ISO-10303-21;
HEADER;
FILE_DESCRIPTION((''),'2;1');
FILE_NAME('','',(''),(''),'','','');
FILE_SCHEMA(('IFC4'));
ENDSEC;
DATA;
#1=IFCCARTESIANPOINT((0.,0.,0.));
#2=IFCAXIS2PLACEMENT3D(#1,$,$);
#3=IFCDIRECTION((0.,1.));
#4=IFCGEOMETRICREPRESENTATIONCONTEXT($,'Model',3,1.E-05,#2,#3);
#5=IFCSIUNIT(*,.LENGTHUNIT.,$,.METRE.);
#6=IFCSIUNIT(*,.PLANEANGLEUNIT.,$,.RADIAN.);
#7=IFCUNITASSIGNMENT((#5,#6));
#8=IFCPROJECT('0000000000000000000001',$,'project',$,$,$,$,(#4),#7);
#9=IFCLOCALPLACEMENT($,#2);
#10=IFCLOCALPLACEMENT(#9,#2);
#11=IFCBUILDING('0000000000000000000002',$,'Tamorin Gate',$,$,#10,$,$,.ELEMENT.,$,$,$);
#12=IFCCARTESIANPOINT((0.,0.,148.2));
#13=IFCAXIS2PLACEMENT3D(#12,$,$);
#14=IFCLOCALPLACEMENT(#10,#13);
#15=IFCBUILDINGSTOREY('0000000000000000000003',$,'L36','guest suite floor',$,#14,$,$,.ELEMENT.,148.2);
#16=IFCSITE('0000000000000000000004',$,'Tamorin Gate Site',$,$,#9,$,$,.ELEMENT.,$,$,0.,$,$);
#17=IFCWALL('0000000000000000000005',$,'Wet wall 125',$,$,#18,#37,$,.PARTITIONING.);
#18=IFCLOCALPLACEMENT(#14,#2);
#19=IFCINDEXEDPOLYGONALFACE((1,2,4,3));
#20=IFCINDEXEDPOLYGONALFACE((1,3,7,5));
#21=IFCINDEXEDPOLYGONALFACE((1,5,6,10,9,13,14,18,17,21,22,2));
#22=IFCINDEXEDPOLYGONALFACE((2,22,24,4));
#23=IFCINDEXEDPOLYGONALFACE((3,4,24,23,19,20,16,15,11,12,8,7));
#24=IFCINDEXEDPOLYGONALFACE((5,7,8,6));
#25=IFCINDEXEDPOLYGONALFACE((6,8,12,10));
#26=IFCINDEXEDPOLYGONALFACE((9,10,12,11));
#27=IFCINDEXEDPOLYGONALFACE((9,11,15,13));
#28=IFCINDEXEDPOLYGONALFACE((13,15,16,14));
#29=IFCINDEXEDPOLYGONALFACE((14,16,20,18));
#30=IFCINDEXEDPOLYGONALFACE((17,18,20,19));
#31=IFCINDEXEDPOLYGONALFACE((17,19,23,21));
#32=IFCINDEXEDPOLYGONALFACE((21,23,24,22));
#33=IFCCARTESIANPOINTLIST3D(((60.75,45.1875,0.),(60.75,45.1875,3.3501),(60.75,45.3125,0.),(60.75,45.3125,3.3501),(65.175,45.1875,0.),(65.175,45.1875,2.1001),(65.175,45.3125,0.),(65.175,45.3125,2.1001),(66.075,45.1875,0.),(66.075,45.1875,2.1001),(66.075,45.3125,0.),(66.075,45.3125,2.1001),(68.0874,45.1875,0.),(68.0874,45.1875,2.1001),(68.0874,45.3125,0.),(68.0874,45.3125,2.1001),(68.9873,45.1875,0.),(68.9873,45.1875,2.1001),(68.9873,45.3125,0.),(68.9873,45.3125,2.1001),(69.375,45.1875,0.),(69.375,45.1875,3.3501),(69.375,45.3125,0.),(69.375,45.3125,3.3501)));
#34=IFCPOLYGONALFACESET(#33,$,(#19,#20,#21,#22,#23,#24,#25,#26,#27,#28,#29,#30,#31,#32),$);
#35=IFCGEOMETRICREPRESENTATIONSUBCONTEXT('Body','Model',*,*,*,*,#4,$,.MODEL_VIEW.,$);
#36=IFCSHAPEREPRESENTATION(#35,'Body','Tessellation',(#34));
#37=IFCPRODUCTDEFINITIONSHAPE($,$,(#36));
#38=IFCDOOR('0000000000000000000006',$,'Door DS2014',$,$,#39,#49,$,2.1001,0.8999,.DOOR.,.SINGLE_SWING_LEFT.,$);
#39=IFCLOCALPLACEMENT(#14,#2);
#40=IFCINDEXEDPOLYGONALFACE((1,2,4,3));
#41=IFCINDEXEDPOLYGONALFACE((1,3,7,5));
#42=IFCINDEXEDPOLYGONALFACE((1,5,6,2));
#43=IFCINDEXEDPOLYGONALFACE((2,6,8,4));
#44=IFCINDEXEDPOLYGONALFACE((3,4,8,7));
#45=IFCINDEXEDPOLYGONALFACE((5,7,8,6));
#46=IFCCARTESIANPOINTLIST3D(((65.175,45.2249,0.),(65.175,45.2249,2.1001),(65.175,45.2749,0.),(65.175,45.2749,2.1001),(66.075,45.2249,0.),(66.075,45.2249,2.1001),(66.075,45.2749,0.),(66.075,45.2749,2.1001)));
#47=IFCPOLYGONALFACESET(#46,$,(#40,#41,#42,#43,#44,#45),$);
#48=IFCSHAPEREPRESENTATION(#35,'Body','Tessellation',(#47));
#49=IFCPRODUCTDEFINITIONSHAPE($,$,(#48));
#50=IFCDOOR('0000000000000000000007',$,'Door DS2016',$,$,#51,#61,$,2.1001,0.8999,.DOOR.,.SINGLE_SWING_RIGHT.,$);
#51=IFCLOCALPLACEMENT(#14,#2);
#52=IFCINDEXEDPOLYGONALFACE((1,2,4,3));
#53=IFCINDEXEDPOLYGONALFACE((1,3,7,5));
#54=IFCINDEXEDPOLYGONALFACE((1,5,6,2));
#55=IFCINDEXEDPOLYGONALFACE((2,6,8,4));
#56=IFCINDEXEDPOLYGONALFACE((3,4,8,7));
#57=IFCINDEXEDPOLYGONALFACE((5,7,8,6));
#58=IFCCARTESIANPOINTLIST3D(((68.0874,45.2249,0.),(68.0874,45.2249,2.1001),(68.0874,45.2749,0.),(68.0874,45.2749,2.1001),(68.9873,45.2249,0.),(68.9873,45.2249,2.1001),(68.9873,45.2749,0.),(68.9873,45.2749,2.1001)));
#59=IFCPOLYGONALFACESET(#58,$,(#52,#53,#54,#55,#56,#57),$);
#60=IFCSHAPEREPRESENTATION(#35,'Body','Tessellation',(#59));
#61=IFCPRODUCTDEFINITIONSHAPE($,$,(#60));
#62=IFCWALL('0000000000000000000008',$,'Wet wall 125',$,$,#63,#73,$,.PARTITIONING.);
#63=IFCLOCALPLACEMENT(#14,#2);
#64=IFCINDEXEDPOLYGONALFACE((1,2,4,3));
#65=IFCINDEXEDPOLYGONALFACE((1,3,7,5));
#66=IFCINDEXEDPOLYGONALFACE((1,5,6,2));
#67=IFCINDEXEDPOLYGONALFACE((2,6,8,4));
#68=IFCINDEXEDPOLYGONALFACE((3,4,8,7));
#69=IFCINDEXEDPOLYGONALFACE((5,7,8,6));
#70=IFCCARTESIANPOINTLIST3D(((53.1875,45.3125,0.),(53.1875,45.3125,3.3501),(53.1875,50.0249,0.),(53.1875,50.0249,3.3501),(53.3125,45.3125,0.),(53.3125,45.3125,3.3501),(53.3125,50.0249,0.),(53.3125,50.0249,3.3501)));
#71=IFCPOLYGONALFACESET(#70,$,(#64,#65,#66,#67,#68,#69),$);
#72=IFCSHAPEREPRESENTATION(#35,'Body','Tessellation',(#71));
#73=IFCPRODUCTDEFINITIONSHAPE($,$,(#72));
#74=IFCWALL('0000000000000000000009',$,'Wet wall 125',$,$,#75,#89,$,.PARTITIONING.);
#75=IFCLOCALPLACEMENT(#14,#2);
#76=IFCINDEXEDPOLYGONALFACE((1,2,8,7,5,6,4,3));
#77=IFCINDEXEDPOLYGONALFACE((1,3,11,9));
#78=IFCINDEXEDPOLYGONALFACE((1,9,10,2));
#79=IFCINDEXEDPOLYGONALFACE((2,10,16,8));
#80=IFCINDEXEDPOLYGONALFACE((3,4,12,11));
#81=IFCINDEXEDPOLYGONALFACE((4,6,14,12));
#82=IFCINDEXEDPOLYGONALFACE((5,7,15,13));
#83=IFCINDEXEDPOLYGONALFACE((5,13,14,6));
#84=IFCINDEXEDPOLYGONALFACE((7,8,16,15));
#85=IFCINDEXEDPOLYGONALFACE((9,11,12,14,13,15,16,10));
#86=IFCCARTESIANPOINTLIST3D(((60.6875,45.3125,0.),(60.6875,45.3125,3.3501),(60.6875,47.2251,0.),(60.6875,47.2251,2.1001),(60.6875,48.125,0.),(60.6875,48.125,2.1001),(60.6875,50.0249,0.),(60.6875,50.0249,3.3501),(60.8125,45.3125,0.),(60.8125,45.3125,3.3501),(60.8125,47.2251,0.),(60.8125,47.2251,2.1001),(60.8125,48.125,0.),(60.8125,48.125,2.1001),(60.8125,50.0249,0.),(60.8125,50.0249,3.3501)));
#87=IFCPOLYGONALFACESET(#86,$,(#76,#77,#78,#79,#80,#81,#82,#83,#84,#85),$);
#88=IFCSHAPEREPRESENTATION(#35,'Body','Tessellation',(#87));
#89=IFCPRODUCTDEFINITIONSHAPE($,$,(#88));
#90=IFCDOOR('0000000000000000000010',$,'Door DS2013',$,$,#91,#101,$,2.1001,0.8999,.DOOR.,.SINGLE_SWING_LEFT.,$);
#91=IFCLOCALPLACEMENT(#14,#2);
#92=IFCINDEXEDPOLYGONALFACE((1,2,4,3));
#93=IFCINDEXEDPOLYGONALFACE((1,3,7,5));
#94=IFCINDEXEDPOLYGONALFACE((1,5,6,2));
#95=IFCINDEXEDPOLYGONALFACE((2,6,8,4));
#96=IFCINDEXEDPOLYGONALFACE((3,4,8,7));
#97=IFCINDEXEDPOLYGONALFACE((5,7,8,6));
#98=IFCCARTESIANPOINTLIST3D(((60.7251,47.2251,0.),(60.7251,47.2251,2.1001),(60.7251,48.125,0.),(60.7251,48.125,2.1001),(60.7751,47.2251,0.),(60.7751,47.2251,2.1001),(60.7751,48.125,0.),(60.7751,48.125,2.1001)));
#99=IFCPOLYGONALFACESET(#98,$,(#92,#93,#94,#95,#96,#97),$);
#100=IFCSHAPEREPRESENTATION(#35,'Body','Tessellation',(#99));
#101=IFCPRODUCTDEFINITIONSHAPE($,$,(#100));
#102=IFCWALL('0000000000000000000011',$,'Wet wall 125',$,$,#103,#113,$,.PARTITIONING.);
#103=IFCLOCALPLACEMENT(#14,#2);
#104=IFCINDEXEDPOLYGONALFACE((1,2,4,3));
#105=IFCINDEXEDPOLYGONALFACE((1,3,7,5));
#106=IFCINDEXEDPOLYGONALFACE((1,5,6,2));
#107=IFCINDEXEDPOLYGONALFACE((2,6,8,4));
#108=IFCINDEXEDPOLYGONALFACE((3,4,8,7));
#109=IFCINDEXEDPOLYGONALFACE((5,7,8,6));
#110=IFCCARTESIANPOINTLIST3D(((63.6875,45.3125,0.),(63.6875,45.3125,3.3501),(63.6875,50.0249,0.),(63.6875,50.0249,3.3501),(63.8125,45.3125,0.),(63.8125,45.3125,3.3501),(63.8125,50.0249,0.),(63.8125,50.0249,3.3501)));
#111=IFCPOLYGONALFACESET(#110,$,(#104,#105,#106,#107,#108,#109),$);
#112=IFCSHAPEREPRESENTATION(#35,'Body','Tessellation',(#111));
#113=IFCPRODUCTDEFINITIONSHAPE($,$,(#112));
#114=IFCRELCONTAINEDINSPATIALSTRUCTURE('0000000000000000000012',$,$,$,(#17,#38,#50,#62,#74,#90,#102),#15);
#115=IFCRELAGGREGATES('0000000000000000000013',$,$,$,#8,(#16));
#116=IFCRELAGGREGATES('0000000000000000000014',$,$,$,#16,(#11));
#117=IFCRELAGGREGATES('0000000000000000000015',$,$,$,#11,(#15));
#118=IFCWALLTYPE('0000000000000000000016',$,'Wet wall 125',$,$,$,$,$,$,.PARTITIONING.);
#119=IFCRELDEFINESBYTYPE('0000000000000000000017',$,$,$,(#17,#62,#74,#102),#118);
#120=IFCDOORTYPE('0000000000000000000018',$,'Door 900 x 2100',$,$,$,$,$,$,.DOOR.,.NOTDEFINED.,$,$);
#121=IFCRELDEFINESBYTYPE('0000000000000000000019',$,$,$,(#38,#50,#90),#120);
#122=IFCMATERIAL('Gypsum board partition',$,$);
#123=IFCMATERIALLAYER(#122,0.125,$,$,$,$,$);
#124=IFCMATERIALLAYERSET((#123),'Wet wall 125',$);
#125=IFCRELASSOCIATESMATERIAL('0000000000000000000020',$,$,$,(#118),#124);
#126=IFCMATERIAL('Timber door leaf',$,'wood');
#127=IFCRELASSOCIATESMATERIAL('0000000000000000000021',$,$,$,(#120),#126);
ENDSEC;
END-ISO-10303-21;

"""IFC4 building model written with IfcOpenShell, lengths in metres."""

from ifc_helpers import new_model, si_unit, direction, frame, frame_2d, origin, place, context, subcontext, project, spatial, rectangle, extrude, material, layer, layer_set, type_object, element, fill, save


model = new_model("IFC4")

# Units and contexts
model_context = context("Model", 3, precision=1e-05, world=origin(), true_north=direction((0.0, 1.0)))
body_context = subcontext(model_context, "Body", "Model", "MODEL_VIEW")
ifc_project = project(units=[si_unit("LENGTHUNIT", "METRE"), si_unit("PLANEANGLEUNIT", "RADIAN")], contexts=[model_context])

# Site, building, storey
site_placement = place(None, origin())
site = spatial("IfcSite", under=ifc_project, at=site_placement, Name="Tamorin Gate Site", CompositionType="ELEMENT", RefElevation=0.0)
building_placement = place(site_placement, origin())
building = spatial("IfcBuilding", under=site, at=building_placement, Name="Tamorin Gate", CompositionType="ELEMENT")
storey_placement = place(building_placement, frame((0.0, 0.0, 148.2)))
storey = spatial("IfcBuildingStorey", under=building, at=storey_placement, Name="L36", Description="guest suite floor", CompositionType="ELEMENT", Elevation=148.2)

# Shared definitions
ifc_material_1 = material(Name="Gypsum board partition")
ifc_material_2 = material(Name="Timber door leaf", Category="wood")

# Wall, openings, doors
ifc_layer_1 = layer(ifc_material_1, 0.125)
ifc_layer_set_1 = layer_set([ifc_layer_1], Name="Wet wall 125")
wall_type_1 = type_object("IfcWallType", Name="Wet wall 125", PredefinedType="PARTITIONING", material=ifc_layer_set_1)
wall_1_placement = place(storey_placement, frame((60.75, 45.25, 0.0), z_axis=(0.0, 0.0, 1.0), x_axis=(1.0, 0.0, 0.0)))
wall_1 = element("IfcWall", 1, at=wall_1_placement, inside=storey, type_object=wall_type_1, Name="Wet wall 125", PredefinedType="PARTITIONING", context=body_context, shape_type="SweptSolid", body=[
    extrude(rectangle(XDim=8.625, YDim=0.125, at=frame_2d((4.3125, 0.0))), origin(), (0.0, 0.0, 1.0), 3.3501),
])
opening_1_placement = place(wall_1_placement, frame((4.425, 0.0, 0.0)))
opening_1 = element("IfcOpeningElement", 2, at=opening_1_placement, cuts=wall_1, PredefinedType="OPENING", context=body_context, shape_type="SweptSolid", body=[
    extrude(rectangle(XDim=0.8999, YDim=2.1001, at=frame_2d((0.45, 1.05))), frame((0.0, 0.0725, 0.0), z_axis=(0.0, -1.0, 0.0), x_axis=(1.0, 0.0, 0.0)), (0.0, 0.0, 1.0), 0.145),
])
opening_2_placement = place(wall_1_placement, frame((7.3374, 0.0, 0.0)))
opening_2 = element("IfcOpeningElement", 3, at=opening_2_placement, cuts=wall_1, PredefinedType="OPENING", context=body_context, shape_type="SweptSolid", body=[
    extrude(rectangle(XDim=0.8999, YDim=2.1001, at=frame_2d((0.45, 1.05))), frame((0.0, 0.0725, 0.0), z_axis=(0.0, -1.0, 0.0), x_axis=(1.0, 0.0, 0.0)), (0.0, 0.0, 1.0), 0.145),
])
door_type_1 = type_object("IfcDoorType", Name="Door 900 x 2100", OperationType="NOTDEFINED", PredefinedType="DOOR", material=ifc_material_2)
door_1_placement = place(opening_1_placement, origin())
door_1 = element("IfcDoor", 4, at=door_1_placement, inside=storey, type_object=door_type_1, Name="Door DS2014", OperationType="SINGLE_SWING_LEFT", OverallHeight=2.1001, OverallWidth=0.8999, PredefinedType="DOOR", context=body_context, shape_type="SweptSolid", body=[
    extrude(rectangle(XDim=0.8999, YDim=2.1001, at=frame_2d((0.45, 1.05))), frame((0.0, 0.0249, 0.0), z_axis=(0.0, -1.0, 0.0), x_axis=(1.0, 0.0, 0.0)), (0.0, 0.0, 1.0), 0.05),
])
fill(opening_1, door_1)
door_2_placement = place(opening_2_placement, origin())
door_2 = element("IfcDoor", 5, at=door_2_placement, inside=storey, type_object=door_type_1, Name="Door DS2016", OperationType="SINGLE_SWING_RIGHT", OverallHeight=2.1001, OverallWidth=0.8999, PredefinedType="DOOR", context=body_context, shape_type="SweptSolid", body=[
    extrude(rectangle(XDim=0.8999, YDim=2.1001, at=frame_2d((0.45, 1.05))), frame((0.0, 0.0249, 0.0), z_axis=(0.0, -1.0, 0.0), x_axis=(1.0, 0.0, 0.0)), (0.0, 0.0, 1.0), 0.05),
])
fill(opening_2, door_2)

# Wall
wall_2_placement = place(storey_placement, frame((53.25, 45.3125, 0.0), z_axis=(0.0, 0.0, 1.0), x_axis=(0.0, 1.0, 0.0)))
element("IfcWall", 6, at=wall_2_placement, inside=storey, type_object=wall_type_1, Name="Wet wall 125", PredefinedType="PARTITIONING", context=body_context, shape_type="SweptSolid", body=[
    extrude(rectangle(XDim=4.7124, YDim=0.125, at=frame_2d((2.3562, 0.0))), origin(), (0.0, 0.0, 1.0), 3.3501),
])

# Wall, opening, door
wall_3_placement = place(storey_placement, frame((60.75, 45.3125, 0.0), z_axis=(0.0, 0.0, 1.0), x_axis=(0.0, 1.0, 0.0)))
wall_3 = element("IfcWall", 7, at=wall_3_placement, inside=storey, type_object=wall_type_1, Name="Wet wall 125", PredefinedType="PARTITIONING", context=body_context, shape_type="SweptSolid", body=[
    extrude(rectangle(XDim=4.7124, YDim=0.125, at=frame_2d((2.3562, 0.0))), origin(), (0.0, 0.0, 1.0), 3.3501),
])
opening_3_placement = place(wall_3_placement, frame((1.9126, 0.0, 0.0)))
opening_3 = element("IfcOpeningElement", 8, at=opening_3_placement, cuts=wall_3, PredefinedType="OPENING", context=body_context, shape_type="SweptSolid", body=[
    extrude(rectangle(XDim=0.8999, YDim=2.1001, at=frame_2d((0.45, 1.05))), frame((0.0, 0.0725, 0.0), z_axis=(0.0, -1.0, 0.0), x_axis=(1.0, 0.0, 0.0)), (0.0, 0.0, 1.0), 0.145),
])
door_3_placement = place(opening_3_placement, origin())
door_3 = element("IfcDoor", 9, at=door_3_placement, inside=storey, type_object=door_type_1, Name="Door DS2013", OperationType="SINGLE_SWING_LEFT", OverallHeight=2.1001, OverallWidth=0.8999, PredefinedType="DOOR", context=body_context, shape_type="SweptSolid", body=[
    extrude(rectangle(XDim=0.8999, YDim=2.1001, at=frame_2d((0.45, 1.05))), frame((0.0, 0.0249, 0.0), z_axis=(0.0, -1.0, 0.0), x_axis=(1.0, 0.0, 0.0)), (0.0, 0.0, 1.0), 0.05),
])
fill(opening_3, door_3)

# Wall
wall_4_placement = place(storey_placement, frame((63.75, 45.3125, 0.0), z_axis=(0.0, 0.0, 1.0), x_axis=(0.0, 1.0, 0.0)))
element("IfcWall", 10, at=wall_4_placement, inside=storey, type_object=wall_type_1, Name="Wet wall 125", PredefinedType="PARTITIONING", context=body_context, shape_type="SweptSolid", body=[
    extrude(rectangle(XDim=4.7124, YDim=0.125, at=frame_2d((2.3562, 0.0))), origin(), (0.0, 0.0, 1.0), 3.3501),
])

save(model, "model.ifc")
